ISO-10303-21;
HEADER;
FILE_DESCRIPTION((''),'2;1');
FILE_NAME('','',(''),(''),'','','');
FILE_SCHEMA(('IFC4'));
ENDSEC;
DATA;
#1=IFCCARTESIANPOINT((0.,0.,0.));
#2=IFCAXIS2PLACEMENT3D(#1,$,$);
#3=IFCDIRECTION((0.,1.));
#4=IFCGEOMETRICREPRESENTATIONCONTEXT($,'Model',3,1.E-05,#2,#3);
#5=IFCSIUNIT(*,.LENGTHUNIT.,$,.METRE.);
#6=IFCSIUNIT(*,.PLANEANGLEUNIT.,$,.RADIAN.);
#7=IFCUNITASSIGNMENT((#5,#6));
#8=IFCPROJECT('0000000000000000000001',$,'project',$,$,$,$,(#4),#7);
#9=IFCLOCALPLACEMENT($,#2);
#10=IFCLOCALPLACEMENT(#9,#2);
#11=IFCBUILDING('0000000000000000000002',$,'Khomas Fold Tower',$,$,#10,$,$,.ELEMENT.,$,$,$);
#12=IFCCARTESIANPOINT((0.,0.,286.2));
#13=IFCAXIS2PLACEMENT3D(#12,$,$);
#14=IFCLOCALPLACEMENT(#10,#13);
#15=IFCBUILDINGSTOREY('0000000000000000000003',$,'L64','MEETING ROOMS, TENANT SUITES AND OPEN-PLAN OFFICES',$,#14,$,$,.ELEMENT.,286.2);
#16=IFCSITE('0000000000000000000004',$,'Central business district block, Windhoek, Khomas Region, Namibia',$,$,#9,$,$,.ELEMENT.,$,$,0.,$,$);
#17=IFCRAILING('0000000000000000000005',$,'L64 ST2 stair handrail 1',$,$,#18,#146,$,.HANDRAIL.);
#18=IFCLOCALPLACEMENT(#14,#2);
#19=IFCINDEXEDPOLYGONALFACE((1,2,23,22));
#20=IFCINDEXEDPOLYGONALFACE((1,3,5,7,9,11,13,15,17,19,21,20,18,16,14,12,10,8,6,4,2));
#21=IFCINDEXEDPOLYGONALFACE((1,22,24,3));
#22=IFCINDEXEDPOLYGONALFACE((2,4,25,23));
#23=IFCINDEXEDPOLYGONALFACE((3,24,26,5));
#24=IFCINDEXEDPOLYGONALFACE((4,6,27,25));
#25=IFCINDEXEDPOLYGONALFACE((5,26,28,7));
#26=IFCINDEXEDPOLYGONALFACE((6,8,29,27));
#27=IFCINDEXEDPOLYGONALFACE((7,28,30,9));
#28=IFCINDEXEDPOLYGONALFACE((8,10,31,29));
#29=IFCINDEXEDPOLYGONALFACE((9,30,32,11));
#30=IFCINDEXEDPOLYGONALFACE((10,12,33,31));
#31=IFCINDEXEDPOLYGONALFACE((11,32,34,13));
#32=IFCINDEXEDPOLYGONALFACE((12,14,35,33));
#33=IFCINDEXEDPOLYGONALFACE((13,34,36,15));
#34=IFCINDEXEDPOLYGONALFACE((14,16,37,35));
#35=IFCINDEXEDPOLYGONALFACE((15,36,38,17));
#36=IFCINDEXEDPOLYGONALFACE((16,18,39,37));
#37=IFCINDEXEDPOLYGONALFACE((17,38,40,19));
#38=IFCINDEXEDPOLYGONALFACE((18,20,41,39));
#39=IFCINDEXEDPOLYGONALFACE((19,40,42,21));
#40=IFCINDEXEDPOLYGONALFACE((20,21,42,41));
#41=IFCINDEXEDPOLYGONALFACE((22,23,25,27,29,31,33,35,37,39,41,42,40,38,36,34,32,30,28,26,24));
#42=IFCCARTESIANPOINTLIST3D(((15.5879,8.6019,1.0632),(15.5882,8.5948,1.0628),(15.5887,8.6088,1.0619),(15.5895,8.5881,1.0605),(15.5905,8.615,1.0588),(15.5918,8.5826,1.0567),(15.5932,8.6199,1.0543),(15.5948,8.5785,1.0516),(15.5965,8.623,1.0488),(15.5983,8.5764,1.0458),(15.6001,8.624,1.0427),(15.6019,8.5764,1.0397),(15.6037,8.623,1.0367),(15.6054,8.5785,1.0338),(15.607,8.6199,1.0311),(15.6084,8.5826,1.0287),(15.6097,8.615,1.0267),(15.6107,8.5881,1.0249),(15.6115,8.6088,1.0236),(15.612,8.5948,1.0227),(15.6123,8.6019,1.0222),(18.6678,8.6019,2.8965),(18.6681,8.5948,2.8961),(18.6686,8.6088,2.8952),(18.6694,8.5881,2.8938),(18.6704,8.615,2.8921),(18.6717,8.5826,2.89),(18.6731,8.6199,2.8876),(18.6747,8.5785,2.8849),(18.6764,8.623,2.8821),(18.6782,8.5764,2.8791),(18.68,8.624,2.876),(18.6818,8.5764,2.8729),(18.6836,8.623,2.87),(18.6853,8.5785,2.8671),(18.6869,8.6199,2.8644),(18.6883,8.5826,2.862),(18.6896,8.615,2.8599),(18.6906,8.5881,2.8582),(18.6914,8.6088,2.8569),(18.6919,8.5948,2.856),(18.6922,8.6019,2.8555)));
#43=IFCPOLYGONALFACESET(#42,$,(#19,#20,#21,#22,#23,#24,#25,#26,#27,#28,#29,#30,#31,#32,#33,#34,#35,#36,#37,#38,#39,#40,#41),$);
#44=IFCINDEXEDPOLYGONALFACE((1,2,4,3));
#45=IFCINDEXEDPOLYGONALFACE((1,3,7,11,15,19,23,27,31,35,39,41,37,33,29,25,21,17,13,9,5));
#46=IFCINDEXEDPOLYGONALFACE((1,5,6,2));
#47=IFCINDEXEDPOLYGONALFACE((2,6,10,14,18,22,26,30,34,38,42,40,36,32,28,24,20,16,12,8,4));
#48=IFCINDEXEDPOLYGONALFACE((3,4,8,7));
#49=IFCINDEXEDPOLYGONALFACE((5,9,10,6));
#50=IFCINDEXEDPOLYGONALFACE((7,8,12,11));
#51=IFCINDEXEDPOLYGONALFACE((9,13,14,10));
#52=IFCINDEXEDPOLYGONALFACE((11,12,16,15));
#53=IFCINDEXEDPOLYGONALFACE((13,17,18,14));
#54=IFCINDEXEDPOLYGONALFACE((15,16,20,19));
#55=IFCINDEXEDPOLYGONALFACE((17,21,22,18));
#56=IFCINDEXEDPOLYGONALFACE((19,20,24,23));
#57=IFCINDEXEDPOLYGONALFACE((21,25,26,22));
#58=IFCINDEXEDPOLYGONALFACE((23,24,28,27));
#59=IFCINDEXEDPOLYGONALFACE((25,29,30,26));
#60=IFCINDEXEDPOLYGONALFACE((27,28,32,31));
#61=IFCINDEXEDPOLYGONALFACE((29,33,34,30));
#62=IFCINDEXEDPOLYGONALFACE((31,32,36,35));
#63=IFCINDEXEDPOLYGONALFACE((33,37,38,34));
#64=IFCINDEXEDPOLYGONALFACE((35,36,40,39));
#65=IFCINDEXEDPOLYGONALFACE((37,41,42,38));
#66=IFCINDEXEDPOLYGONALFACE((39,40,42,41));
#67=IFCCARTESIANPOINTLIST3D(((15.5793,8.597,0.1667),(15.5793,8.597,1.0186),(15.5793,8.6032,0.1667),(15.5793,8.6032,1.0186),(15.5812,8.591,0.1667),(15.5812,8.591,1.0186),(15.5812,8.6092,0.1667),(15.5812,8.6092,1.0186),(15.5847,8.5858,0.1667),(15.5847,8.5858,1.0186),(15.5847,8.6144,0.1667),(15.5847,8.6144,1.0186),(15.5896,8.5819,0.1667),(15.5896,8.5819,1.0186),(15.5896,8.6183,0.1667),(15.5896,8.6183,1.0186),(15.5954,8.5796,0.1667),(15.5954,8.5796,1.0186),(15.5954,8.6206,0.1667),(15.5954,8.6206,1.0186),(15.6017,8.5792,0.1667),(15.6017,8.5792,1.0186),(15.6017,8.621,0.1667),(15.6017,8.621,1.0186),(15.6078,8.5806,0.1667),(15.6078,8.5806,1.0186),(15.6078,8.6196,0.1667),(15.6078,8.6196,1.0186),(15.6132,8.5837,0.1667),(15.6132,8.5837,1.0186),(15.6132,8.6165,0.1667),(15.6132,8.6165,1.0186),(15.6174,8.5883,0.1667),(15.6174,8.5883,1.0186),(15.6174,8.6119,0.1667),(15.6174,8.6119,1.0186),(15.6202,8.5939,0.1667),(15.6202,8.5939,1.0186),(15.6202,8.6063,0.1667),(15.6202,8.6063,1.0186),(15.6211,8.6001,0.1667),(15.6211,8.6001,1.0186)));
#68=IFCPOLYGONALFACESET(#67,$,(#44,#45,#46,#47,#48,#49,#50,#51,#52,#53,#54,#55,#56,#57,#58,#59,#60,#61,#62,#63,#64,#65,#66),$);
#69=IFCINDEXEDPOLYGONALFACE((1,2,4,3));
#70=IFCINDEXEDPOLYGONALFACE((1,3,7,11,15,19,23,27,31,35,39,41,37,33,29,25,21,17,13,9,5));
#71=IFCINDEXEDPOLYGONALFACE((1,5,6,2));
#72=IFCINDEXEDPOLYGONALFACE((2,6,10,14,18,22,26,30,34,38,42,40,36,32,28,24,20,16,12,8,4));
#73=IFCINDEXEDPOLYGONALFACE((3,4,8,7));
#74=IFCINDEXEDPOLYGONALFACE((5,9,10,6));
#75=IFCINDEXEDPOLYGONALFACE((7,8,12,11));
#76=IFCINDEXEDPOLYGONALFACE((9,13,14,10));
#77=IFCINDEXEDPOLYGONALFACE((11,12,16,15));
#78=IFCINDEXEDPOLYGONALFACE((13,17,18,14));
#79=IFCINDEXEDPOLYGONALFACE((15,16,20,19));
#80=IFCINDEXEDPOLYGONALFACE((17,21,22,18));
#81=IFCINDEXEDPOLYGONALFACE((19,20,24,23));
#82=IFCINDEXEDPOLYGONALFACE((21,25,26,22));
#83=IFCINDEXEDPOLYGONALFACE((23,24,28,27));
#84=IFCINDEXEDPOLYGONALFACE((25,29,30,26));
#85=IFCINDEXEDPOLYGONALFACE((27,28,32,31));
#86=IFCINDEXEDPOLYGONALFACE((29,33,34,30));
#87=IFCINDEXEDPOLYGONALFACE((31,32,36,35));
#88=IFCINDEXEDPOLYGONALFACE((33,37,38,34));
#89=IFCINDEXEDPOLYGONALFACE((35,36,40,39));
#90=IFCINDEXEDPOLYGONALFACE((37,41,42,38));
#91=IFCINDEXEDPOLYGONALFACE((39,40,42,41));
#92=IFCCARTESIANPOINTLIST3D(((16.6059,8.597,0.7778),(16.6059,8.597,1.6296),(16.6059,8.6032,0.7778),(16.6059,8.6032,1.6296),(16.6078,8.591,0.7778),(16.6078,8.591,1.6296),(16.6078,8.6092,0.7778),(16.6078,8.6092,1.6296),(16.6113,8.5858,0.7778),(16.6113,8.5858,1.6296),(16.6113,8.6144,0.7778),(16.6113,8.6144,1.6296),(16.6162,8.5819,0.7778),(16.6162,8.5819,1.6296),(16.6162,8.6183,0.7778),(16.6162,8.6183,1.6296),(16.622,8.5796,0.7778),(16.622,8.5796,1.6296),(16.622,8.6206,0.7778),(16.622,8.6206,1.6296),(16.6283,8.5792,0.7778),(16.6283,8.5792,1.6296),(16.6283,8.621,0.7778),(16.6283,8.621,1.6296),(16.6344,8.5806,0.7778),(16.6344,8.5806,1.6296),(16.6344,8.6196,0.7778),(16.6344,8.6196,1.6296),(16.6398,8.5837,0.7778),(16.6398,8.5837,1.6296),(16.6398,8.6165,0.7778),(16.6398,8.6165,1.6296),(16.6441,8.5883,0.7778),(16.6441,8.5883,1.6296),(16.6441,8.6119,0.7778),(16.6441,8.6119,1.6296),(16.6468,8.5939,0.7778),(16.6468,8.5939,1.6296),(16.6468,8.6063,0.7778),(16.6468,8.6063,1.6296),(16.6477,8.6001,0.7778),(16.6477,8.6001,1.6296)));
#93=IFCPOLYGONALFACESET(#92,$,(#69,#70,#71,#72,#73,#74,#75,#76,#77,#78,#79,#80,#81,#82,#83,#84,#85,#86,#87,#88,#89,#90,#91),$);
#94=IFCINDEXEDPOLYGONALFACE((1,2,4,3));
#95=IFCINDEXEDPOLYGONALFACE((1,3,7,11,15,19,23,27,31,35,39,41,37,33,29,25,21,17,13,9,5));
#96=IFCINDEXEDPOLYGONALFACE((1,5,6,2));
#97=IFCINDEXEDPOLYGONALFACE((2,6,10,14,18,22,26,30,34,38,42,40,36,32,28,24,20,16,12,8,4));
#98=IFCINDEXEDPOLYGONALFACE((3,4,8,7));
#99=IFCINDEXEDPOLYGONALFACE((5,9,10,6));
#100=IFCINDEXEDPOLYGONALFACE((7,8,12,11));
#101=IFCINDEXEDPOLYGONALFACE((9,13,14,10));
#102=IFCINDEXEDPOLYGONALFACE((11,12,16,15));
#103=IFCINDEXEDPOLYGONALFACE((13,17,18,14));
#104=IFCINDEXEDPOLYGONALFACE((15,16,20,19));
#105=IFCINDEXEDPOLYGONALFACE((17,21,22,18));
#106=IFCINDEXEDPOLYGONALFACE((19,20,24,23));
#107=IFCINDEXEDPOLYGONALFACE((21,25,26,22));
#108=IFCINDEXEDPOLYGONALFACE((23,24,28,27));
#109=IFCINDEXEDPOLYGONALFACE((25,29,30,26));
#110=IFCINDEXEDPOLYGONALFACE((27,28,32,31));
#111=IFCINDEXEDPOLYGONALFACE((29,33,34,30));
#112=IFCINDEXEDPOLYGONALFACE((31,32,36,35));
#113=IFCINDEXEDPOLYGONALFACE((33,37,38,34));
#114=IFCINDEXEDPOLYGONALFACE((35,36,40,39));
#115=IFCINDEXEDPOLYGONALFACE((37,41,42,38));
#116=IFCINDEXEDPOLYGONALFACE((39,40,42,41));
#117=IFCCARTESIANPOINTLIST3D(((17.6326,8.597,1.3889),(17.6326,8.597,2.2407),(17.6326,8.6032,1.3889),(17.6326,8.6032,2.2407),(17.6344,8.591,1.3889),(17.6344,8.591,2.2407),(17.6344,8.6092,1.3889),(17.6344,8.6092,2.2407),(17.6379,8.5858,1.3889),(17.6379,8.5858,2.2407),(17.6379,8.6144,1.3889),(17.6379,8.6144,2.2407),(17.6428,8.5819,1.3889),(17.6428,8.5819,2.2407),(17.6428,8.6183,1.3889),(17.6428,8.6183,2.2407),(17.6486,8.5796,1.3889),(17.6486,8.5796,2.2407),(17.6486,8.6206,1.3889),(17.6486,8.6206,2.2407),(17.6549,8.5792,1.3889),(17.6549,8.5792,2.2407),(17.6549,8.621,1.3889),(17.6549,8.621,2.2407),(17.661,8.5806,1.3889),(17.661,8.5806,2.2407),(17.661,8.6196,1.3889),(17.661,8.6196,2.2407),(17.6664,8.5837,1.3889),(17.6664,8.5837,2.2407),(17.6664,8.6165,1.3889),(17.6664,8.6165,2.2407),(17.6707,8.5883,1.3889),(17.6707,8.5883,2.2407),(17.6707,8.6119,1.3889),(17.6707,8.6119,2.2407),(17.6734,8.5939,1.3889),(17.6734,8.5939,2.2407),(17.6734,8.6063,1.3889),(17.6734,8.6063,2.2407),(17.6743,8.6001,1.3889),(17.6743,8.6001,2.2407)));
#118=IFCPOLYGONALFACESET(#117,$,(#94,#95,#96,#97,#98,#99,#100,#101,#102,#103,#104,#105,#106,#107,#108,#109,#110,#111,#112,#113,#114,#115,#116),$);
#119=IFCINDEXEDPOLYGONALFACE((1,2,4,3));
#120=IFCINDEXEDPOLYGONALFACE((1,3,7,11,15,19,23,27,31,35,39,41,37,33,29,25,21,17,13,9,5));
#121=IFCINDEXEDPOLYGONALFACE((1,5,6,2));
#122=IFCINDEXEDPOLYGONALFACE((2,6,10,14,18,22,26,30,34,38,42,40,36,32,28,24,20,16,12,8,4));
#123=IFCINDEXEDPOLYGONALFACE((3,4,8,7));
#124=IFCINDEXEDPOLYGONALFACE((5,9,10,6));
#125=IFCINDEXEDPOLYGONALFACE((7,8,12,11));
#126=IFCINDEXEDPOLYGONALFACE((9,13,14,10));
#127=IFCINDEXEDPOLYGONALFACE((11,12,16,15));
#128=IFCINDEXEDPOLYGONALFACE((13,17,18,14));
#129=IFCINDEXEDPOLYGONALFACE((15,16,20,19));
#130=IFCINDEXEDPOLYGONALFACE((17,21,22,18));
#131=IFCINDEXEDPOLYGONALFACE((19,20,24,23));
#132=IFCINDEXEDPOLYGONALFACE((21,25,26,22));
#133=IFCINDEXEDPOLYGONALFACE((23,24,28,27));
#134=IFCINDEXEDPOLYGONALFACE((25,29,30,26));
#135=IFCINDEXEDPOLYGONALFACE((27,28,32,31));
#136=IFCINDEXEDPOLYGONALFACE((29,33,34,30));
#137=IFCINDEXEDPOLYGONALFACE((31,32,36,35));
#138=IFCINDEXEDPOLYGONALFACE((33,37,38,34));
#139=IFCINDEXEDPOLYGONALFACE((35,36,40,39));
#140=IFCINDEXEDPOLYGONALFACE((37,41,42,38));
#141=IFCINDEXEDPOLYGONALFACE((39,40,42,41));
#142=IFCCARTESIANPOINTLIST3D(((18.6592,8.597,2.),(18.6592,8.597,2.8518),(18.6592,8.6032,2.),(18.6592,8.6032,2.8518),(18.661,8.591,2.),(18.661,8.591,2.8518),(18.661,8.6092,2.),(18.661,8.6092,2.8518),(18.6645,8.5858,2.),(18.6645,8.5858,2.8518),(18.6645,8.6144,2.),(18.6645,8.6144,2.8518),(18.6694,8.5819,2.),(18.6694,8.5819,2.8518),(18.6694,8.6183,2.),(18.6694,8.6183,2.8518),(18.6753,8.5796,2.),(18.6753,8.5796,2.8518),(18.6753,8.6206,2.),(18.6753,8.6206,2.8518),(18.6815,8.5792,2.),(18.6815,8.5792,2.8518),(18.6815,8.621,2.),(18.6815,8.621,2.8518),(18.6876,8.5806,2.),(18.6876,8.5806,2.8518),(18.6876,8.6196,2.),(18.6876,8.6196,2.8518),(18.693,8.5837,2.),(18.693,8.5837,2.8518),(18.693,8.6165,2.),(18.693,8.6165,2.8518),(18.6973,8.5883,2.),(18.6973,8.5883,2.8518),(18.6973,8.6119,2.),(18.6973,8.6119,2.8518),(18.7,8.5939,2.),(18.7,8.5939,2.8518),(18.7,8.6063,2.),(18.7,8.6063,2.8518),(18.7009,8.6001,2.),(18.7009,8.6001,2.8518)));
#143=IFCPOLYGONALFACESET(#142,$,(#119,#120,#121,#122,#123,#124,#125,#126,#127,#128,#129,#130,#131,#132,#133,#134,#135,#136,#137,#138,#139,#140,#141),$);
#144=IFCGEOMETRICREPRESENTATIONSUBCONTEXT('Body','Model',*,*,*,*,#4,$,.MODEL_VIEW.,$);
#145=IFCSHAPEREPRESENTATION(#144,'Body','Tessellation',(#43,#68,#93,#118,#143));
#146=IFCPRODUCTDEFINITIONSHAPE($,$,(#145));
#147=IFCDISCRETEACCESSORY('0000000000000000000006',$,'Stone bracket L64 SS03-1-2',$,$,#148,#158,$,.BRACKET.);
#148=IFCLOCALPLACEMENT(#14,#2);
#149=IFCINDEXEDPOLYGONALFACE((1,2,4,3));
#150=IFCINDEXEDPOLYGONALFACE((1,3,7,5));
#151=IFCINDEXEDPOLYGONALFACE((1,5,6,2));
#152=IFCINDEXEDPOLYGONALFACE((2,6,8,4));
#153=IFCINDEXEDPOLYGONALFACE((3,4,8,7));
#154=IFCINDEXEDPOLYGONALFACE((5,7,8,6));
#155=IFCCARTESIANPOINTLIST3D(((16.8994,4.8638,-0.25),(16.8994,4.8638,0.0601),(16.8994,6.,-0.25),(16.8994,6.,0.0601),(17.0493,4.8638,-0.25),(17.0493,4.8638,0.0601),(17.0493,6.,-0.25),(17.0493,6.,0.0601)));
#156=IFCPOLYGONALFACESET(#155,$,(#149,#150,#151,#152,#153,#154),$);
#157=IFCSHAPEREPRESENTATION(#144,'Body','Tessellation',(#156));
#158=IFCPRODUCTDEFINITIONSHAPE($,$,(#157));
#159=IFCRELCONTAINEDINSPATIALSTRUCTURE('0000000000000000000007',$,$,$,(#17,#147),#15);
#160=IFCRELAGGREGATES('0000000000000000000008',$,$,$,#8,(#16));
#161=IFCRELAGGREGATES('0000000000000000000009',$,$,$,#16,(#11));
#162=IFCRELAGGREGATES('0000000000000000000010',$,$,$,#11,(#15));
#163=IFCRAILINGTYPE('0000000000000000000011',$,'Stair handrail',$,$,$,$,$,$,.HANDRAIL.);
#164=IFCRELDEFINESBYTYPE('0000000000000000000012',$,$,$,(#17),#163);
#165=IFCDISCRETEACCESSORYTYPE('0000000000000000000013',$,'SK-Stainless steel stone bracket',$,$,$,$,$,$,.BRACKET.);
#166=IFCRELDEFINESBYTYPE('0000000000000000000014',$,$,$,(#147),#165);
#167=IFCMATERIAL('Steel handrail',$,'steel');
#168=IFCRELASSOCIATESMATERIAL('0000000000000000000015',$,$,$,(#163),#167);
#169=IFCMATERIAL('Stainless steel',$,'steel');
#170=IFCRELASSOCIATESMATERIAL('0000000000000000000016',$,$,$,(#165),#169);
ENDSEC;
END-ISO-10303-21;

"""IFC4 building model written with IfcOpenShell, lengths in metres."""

from ifc_helpers import new_model, si_unit, direction, frame, origin, origin_2d, place, context, subcontext, project, spatial, rectangle, circle, extrude, source, transform, mapped, material, type_object, element, save


model = new_model("IFC4")

# Units and contexts
model_context = context("Model", 3, precision=1e-05, world=origin(), true_north=direction((0.0, 1.0)))
body_context = subcontext(model_context, "Body", "Model", "MODEL_VIEW")
ifc_project = project(units=[si_unit("LENGTHUNIT", "METRE"), si_unit("PLANEANGLEUNIT", "RADIAN")], contexts=[model_context])

# Site, building, storey
site_placement = place(None, origin())
site = spatial("IfcSite", under=ifc_project, at=site_placement, Name="Central business district block, Windhoek, Khomas Region, Namibia", CompositionType="ELEMENT", RefElevation=0.0)
building_placement = place(site_placement, origin())
building = spatial("IfcBuilding", under=site, at=building_placement, Name="Khomas Fold Tower", CompositionType="ELEMENT")
storey_placement = place(building_placement, frame((0.0, 0.0, 286.2)))
storey = spatial("IfcBuildingStorey", under=building, at=storey_placement, Name="L64", Description="MEETING ROOMS, TENANT SUITES AND OPEN-PLAN OFFICES", CompositionType="ELEMENT", Elevation=286.2)

# Railing
ifc_material_1 = material(Name="Steel handrail", Category="steel")
railing_type_1 = type_object("IfcRailingType", Name="Stair handrail", PredefinedType="HANDRAIL", material=ifc_material_1)
shared_shape_1 = source(origin(), body_context, "Body", "SweptSolid", [
    extrude(circle(Radius=0.0239, at=origin_2d()), frame((0.0, 0.0, 0.876), z_axis=(0.859291, 0.0, 0.511487), x_axis=(0.0, 1.0, 0.0)), (0.0, 0.0, 1.0), 3.5842),
    extrude(circle(Radius=0.021, at=origin_2d()), origin(), (0.0, 0.0, 1.0), 0.8518),
    extrude(circle(Radius=0.021, at=origin_2d()), frame((1.0266, 0.0, 0.6111)), (0.0, 0.0, 1.0), 0.8518),
    extrude(circle(Radius=0.021, at=origin_2d()), frame((2.0532, 0.0, 1.2222)), (0.0, 0.0, 1.0), 0.8518),
    extrude(circle(Radius=0.021, at=origin_2d()), frame((3.0798, 0.0, 1.8333)), (0.0, 0.0, 1.0), 0.8518),
])
railing_1_placement = place(storey_placement, frame((15.6001, 8.6001, 0.1667)))
element("IfcRailing", 1, at=railing_1_placement, inside=storey, type_object=railing_type_1, Name="L64 ST2 stair handrail 1", PredefinedType="HANDRAIL", context=body_context, shape_type="MappedRepresentation", body=[
    mapped(shared_shape_1, transform((0.0, 0.0, 0.0))),
])

# Discrete accessory
ifc_material_2 = material(Name="Stainless steel", Category="steel")
discrete_accessory_type = type_object("IfcDiscreteAccessoryType", Name="SK-Stainless steel stone bracket", PredefinedType="BRACKET", material=ifc_material_2)
shared_shape_2 = source(origin(), body_context, "Body", "SweptSolid", [
    extrude(rectangle(XDim=1.1362, YDim=0.1499, at=origin_2d()), origin(), (0.0, 0.0, 1.0), 0.3101),
])
discrete_accessory_placement = place(storey_placement, frame((16.9744, 5.4319, -0.25), z_axis=(0.0, 0.0, 1.0), x_axis=(0.0, -1.0, 0.0)))
element("IfcDiscreteAccessory", 2, at=discrete_accessory_placement, inside=storey, type_object=discrete_accessory_type, Name="Stone bracket L64 SS03-1-2", PredefinedType="BRACKET", context=body_context, shape_type="MappedRepresentation", body=[
    mapped(shared_shape_2, transform((0.0, 0.0, 0.0))),
])

save(model, "model.ifc")
